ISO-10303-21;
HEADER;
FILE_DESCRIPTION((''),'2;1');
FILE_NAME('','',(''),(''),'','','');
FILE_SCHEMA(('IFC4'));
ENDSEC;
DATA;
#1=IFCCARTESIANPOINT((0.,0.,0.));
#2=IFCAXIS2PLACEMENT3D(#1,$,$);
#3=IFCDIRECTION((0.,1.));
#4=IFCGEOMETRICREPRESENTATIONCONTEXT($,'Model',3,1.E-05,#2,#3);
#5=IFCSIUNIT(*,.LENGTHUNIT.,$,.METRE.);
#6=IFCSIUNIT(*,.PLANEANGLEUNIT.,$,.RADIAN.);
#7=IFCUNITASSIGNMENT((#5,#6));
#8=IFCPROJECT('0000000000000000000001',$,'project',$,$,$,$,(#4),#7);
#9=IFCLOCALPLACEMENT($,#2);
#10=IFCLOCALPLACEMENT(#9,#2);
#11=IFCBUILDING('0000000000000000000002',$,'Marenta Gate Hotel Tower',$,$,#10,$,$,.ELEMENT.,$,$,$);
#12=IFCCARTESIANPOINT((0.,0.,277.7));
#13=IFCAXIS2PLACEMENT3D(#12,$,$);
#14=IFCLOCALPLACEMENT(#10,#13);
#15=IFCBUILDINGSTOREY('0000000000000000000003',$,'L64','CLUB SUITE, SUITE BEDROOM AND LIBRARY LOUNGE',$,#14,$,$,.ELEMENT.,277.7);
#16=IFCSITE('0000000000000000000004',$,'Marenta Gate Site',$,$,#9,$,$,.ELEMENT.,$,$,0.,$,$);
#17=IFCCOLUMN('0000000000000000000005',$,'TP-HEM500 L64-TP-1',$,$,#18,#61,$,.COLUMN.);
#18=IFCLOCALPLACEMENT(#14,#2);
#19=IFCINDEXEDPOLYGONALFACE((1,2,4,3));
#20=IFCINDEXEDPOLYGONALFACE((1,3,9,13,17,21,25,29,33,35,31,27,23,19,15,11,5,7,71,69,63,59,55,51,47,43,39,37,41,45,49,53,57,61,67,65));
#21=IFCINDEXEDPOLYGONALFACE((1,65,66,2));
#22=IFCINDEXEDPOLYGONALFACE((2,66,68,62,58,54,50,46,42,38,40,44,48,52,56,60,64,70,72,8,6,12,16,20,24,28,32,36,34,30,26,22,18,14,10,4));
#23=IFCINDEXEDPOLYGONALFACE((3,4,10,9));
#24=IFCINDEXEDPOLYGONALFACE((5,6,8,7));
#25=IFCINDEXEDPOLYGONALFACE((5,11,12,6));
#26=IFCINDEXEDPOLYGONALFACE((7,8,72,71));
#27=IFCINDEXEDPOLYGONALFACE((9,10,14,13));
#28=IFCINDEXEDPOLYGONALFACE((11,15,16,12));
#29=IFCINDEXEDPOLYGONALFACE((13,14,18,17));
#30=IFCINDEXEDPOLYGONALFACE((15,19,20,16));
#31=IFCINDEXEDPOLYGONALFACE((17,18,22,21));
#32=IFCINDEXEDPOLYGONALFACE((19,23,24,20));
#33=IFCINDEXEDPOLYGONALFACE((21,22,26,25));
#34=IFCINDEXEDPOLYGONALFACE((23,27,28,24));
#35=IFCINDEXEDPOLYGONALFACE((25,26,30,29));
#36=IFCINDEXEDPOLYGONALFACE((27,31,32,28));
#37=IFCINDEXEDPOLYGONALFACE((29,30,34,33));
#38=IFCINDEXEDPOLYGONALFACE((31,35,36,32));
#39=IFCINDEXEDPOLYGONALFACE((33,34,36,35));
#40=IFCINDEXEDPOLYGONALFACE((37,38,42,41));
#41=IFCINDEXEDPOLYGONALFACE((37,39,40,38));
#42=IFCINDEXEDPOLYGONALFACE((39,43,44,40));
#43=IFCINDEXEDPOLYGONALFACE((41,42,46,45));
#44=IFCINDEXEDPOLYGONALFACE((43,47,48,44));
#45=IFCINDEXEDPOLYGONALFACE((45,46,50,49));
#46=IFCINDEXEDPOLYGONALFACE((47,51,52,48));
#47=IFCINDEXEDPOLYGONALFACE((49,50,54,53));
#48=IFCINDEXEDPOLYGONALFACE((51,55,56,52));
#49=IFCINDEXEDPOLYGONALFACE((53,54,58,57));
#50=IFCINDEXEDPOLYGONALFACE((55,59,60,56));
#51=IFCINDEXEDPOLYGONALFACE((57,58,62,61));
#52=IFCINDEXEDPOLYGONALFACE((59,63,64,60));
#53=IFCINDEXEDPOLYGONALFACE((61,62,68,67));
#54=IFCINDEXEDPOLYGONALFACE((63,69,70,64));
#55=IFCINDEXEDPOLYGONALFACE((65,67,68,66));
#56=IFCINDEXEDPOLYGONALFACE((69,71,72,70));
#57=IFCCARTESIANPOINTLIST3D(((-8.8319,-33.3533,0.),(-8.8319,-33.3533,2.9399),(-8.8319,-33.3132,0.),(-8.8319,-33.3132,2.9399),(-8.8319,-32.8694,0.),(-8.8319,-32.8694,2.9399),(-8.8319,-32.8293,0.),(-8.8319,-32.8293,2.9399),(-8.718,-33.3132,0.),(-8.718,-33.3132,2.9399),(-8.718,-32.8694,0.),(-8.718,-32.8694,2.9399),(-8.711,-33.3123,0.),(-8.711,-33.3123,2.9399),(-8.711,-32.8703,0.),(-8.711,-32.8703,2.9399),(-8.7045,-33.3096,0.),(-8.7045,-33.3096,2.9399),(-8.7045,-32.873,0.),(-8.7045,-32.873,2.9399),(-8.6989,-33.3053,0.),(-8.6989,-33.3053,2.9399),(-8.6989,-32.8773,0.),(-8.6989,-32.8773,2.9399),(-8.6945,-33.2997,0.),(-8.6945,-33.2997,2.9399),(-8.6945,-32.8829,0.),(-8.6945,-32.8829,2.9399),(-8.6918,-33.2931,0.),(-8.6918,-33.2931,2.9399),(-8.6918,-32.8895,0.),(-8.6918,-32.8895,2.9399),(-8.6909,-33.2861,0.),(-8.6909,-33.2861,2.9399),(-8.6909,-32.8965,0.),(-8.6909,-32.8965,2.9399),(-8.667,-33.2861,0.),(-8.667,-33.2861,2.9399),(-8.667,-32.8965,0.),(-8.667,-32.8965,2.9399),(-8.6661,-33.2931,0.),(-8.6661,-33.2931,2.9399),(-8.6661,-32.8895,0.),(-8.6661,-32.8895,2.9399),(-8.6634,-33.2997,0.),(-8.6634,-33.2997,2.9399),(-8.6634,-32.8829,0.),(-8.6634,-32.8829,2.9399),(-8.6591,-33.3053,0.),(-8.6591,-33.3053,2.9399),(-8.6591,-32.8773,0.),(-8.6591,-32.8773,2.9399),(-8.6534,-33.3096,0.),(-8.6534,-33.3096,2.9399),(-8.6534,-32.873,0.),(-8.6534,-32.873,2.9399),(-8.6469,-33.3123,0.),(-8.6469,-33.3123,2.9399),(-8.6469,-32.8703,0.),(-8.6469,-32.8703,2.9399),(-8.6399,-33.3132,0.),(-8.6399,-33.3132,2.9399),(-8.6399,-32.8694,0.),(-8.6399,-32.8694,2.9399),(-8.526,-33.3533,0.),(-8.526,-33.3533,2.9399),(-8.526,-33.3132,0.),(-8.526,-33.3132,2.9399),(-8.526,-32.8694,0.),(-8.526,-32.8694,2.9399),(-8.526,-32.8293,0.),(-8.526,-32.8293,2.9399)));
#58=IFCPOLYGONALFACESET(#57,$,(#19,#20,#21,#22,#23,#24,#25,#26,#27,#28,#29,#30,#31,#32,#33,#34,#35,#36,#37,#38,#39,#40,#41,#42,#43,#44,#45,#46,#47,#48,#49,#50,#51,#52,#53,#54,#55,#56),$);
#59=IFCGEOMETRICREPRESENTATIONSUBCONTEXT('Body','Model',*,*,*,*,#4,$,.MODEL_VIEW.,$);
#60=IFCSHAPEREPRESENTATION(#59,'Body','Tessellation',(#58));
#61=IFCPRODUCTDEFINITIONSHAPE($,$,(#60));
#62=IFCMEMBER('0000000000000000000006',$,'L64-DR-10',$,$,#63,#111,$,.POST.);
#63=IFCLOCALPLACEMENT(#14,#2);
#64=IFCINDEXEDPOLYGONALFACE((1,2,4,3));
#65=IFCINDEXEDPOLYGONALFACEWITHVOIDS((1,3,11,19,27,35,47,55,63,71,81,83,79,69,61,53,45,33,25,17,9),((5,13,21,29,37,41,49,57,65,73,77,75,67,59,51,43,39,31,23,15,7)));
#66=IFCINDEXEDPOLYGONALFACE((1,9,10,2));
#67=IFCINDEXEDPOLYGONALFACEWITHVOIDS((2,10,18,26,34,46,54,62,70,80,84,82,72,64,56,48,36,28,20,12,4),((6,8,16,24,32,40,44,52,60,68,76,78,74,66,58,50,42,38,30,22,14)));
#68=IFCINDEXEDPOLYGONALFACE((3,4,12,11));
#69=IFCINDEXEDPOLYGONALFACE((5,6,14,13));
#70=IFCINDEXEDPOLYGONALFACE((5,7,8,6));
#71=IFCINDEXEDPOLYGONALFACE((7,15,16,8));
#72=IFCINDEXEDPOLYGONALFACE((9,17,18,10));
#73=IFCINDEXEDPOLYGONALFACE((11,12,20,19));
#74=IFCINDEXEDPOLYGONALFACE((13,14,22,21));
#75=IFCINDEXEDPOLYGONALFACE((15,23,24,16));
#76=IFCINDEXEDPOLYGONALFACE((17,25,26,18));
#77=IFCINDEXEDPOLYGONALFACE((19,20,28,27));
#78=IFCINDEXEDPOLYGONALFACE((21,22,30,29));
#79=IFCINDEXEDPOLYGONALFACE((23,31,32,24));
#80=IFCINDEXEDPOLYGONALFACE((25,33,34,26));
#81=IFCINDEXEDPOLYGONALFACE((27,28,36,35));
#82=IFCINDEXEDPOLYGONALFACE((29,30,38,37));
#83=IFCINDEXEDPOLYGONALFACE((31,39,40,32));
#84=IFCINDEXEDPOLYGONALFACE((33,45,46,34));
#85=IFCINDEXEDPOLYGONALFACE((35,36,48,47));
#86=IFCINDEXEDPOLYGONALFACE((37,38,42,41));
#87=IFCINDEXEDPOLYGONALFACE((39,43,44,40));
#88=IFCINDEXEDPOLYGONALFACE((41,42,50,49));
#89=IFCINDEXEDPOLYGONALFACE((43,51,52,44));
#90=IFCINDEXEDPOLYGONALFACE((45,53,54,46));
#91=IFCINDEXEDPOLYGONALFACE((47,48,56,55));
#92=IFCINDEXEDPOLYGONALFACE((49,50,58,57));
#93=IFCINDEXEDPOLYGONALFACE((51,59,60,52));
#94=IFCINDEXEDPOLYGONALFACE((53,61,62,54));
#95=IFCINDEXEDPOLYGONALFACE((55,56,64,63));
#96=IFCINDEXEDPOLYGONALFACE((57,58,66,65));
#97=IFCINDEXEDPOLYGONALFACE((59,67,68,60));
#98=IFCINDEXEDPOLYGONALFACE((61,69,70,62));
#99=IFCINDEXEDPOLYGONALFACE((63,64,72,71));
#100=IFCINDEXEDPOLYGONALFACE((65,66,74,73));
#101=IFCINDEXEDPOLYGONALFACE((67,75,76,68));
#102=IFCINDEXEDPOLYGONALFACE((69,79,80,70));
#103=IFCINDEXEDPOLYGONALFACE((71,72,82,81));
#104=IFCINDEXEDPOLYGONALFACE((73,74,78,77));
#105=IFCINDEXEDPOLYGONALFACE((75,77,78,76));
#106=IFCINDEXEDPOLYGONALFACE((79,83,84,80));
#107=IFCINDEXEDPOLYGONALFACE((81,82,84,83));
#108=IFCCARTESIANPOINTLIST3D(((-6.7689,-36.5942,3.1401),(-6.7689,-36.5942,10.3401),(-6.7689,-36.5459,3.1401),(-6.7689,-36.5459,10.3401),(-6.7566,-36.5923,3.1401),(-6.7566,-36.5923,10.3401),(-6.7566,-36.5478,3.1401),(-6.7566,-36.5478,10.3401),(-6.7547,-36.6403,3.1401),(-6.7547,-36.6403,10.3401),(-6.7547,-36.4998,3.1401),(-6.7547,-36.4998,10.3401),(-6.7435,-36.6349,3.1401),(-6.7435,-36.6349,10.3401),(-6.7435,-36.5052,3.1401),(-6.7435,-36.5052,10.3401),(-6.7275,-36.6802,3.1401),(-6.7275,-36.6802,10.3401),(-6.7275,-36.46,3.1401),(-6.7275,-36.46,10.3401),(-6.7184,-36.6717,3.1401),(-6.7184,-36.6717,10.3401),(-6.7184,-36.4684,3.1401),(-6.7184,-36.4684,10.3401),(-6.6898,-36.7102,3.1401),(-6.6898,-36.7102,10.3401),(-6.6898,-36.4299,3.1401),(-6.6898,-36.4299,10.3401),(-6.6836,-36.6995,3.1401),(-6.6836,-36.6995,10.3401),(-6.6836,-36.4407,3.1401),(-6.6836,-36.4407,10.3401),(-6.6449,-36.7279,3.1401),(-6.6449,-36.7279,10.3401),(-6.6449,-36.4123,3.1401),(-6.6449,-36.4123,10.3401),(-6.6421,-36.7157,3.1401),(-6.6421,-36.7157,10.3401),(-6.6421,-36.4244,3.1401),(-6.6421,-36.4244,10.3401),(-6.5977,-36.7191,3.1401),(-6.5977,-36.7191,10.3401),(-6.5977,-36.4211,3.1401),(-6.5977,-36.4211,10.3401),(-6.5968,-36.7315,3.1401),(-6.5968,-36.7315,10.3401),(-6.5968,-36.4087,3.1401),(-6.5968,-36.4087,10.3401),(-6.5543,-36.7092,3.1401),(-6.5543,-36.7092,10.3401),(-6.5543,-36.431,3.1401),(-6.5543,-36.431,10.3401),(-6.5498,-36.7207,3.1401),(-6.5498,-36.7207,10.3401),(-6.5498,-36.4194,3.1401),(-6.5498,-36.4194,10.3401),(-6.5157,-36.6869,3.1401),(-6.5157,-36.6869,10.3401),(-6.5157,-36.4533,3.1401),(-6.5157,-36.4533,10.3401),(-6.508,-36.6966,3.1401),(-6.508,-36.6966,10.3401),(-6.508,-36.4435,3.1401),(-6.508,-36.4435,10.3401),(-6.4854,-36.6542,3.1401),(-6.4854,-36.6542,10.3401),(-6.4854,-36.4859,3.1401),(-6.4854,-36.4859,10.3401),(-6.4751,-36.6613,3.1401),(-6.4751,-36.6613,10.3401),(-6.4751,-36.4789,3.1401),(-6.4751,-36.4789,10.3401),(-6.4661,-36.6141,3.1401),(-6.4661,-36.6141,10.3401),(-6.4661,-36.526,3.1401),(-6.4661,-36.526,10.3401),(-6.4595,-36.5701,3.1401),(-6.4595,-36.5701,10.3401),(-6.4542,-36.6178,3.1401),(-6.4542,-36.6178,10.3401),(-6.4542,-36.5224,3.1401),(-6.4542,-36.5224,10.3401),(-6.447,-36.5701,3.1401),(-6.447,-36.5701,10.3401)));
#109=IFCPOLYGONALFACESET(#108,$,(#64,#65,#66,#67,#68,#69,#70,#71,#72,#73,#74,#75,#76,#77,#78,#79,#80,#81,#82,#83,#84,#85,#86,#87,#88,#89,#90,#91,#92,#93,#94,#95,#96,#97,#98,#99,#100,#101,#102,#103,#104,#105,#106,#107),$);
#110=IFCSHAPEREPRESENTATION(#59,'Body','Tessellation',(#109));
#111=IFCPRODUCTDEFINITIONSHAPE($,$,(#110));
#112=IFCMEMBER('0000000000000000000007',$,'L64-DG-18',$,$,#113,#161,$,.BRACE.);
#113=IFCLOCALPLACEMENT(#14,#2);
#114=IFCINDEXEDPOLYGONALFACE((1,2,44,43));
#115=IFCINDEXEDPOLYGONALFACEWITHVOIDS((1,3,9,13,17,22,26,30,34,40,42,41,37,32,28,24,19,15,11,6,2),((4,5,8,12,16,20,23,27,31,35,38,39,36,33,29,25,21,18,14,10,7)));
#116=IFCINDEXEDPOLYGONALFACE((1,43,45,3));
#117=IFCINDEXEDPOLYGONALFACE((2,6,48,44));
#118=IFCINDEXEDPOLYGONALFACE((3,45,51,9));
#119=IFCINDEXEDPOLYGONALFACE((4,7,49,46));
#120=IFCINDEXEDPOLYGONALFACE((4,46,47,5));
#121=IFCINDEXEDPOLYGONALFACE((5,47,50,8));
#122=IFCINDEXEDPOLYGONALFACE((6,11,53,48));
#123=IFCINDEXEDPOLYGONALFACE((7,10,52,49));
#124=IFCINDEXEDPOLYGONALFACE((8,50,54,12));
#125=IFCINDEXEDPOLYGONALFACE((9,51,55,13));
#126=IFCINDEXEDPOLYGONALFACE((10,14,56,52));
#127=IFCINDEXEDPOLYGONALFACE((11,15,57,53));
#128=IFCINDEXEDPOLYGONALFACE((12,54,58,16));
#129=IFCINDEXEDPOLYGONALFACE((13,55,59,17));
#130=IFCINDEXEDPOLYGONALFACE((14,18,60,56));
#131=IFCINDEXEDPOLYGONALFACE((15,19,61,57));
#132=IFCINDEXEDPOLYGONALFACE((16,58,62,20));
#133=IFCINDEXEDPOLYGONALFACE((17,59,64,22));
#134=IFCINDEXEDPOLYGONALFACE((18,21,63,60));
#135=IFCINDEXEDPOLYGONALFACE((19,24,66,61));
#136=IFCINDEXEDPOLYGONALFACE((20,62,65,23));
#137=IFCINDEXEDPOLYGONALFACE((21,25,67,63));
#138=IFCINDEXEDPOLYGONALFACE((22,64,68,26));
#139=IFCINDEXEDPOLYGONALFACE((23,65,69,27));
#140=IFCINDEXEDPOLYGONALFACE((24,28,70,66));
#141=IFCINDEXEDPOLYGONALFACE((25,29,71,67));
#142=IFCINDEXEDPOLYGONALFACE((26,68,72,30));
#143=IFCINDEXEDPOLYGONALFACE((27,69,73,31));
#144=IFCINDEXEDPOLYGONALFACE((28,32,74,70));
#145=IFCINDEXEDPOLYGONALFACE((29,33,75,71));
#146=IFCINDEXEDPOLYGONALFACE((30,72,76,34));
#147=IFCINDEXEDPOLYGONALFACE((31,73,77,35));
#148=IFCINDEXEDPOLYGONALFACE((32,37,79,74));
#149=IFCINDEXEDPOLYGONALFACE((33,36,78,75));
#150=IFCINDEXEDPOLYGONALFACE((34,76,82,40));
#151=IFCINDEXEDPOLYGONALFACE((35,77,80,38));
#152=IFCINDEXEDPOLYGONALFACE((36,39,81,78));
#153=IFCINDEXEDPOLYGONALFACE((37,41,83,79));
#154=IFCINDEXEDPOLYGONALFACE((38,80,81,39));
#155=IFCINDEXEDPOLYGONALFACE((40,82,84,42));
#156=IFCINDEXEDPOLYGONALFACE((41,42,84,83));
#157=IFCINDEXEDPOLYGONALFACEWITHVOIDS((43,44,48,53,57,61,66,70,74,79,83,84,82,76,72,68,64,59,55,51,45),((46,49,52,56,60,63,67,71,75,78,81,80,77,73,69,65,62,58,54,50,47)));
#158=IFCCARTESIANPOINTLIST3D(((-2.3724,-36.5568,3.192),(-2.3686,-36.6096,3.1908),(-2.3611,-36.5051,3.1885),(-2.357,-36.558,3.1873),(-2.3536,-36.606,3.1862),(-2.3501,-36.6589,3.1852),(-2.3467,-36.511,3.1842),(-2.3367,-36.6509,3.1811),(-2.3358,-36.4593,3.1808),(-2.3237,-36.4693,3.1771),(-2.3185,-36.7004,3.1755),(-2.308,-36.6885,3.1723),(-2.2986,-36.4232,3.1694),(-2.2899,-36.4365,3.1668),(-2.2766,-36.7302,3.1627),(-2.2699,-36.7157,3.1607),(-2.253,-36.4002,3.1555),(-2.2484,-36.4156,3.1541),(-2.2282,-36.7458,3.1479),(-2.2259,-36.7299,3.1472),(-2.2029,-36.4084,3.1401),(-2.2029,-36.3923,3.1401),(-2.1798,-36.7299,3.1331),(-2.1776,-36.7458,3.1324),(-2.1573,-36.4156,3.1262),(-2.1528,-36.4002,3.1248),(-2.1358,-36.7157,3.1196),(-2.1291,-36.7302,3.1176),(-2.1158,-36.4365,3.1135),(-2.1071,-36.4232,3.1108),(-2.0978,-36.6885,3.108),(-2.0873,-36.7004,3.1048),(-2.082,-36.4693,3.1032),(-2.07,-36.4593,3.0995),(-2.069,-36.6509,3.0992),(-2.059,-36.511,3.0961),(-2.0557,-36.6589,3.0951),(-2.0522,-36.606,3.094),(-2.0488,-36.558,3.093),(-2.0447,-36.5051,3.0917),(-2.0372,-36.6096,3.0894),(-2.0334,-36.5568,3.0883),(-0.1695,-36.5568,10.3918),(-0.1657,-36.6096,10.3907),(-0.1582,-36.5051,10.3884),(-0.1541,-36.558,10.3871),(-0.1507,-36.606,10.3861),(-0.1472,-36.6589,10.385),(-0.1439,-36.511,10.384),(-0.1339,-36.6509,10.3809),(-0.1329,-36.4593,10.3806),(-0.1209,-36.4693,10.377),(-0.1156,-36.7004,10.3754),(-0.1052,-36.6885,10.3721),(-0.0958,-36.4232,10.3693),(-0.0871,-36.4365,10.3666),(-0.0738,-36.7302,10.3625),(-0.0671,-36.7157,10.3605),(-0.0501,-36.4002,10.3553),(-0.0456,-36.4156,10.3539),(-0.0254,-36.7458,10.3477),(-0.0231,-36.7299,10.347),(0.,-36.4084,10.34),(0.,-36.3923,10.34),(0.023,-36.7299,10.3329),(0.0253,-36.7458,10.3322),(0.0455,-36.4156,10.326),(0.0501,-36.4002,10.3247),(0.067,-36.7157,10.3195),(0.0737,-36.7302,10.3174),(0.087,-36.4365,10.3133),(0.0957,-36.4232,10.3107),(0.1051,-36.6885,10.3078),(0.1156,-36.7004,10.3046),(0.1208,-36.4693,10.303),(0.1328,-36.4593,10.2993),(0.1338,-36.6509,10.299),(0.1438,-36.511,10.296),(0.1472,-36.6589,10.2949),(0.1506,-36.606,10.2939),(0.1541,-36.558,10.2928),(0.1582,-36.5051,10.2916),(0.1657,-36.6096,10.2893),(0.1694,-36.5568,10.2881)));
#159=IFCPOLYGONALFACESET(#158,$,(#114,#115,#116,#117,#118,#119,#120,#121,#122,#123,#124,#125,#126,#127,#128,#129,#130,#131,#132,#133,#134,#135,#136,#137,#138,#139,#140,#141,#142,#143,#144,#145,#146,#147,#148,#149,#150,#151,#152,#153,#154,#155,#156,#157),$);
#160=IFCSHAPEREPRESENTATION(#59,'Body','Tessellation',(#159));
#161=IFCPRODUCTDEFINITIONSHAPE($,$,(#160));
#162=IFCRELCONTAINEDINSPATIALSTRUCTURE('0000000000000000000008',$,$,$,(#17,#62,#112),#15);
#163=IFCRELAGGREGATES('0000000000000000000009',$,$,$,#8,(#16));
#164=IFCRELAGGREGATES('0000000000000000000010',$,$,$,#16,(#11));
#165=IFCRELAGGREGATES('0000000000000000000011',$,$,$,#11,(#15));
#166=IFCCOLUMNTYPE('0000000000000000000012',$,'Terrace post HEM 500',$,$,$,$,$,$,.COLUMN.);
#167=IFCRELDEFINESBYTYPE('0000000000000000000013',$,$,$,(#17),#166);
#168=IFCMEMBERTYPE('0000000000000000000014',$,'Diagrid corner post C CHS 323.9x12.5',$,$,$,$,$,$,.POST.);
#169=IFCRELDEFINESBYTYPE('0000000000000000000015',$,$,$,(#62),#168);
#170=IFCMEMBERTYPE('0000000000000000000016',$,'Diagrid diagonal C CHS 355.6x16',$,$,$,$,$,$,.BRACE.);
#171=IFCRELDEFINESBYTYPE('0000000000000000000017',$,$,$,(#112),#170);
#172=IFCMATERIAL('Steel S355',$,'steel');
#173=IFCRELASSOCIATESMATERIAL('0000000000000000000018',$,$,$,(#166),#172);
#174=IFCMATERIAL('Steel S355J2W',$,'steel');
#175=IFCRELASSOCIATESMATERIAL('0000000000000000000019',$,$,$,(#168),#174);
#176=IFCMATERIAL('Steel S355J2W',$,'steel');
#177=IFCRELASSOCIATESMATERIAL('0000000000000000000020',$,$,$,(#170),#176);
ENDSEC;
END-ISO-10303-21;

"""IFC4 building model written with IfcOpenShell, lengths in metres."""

from ifc_helpers import new_model, si_unit, direction, frame, origin, origin_2d, place, context, subcontext, project, spatial, hollow_circle, i_section, extrude, material, material_profile, profile_set, type_object, element, save


model = new_model("IFC4")

# Units and contexts
model_context = context("Model", 3, precision=1e-05, world=origin(), true_north=direction((0.0, 1.0)))
body_context = subcontext(model_context, "Body", "Model", "MODEL_VIEW")
ifc_project = project(units=[si_unit("LENGTHUNIT", "METRE"), si_unit("PLANEANGLEUNIT", "RADIAN")], contexts=[model_context])

# Site, building, storey
site_placement = place(None, origin())
site = spatial("IfcSite", under=ifc_project, at=site_placement, Name="Marenta Gate Site", CompositionType="ELEMENT", RefElevation=0.0)
building_placement = place(site_placement, origin())
building = spatial("IfcBuilding", under=site, at=building_placement, Name="Marenta Gate Hotel Tower", CompositionType="ELEMENT")
storey_placement = place(building_placement, frame((0.0, 0.0, 277.7)))
storey = spatial("IfcBuildingStorey", under=building, at=storey_placement, Name="L64", Description="CLUB SUITE, SUITE BEDROOM AND LIBRARY LOUNGE", CompositionType="ELEMENT", Elevation=277.7)

# Column
ifc_material_1 = material(Name="Steel S355", Category="steel")
ifc_material_profile_1 = material_profile(ifc_material_1, i_section(OverallWidth=0.3059, OverallDepth=0.5239, WebThickness=0.0239, FlangeThickness=0.04, FilletRadius=0.0271, at=origin_2d()), Name="HEM 500")
ifc_profile_set_1 = profile_set([ifc_material_profile_1], Name="Steel S355")
column_type = type_object("IfcColumnType", Name="Terrace post HEM 500", PredefinedType="COLUMN", material=ifc_profile_set_1)
column_placement = place(storey_placement, frame((-8.679, -33.0913, 0.0), z_axis=(0.0, 0.0, 1.0), x_axis=(1.0, 0.0, 0.0)))
element("IfcColumn", 1, at=column_placement, inside=storey, type_object=column_type, Name="TP-HEM500 L64-TP-1", PredefinedType="COLUMN", context=body_context, shape_type="SweptSolid", body=[
    extrude(i_section(OverallWidth=0.3059, OverallDepth=0.5239, WebThickness=0.0239, FlangeThickness=0.04, FilletRadius=0.0271, at=origin_2d()), origin(), (0.0, 0.0, 1.0), 2.9399),
])

# Members
ifc_material_2 = material(Name="Steel S355J2W", Category="steel")
ifc_material_profile_2 = material_profile(ifc_material_2, hollow_circle(Radius=0.1619, WallThickness=0.0125, at=origin_2d()), Name="CHS 323.9x12.5")
ifc_profile_set_2 = profile_set([ifc_material_profile_2], Name="Steel S355J2W")
member_type_1 = type_object("IfcMemberType", Name="Diagrid corner post C CHS 323.9x12.5", PredefinedType="POST", material=ifc_profile_set_2)
member_1_placement = place(storey_placement, frame((-6.6089, -36.5701, 3.1401), z_axis=(0.0, 0.0, 1.0), x_axis=(1.0, 0.0, 0.0)))
element("IfcMember", 2, at=member_1_placement, inside=storey, type_object=member_type_1, Name="L64-DR-10", PredefinedType="POST", context=body_context, shape_type="SweptSolid", body=[
    extrude(hollow_circle(Radius=0.1619, WallThickness=0.0125, at=origin_2d()), origin(), (0.0, 0.0, 1.0), 7.2),
])
ifc_material_3 = material(Name="Steel S355J2W", Category="steel")
ifc_material_profile_3 = material_profile(ifc_material_3, hollow_circle(Radius=0.1777, WallThickness=0.0161, at=origin_2d()), Name="CHS 355.6x16")
ifc_profile_set_3 = profile_set([ifc_material_profile_3], Name="Steel S355J2W")
member_type_2 = type_object("IfcMemberType", Name="Diagrid diagonal C CHS 355.6x16", PredefinedType="BRACE", material=ifc_profile_set_3)
member_2_placement = place(storey_placement, frame((-2.2029, -36.5701, 3.1401), z_axis=(0.29257, 0.0, 0.956244), x_axis=(0.0, 1.0, 0.0)))
element("IfcMember", 3, at=member_2_placement, inside=storey, type_object=member_type_2, Name="L64-DG-18", PredefinedType="BRACE", context=body_context, shape_type="SweptSolid", body=[
    extrude(hollow_circle(Radius=0.1777, WallThickness=0.0161, at=origin_2d()), origin(), (0.0, 0.0, 1.0), 7.5293),
])

save(model, "model.ifc")
